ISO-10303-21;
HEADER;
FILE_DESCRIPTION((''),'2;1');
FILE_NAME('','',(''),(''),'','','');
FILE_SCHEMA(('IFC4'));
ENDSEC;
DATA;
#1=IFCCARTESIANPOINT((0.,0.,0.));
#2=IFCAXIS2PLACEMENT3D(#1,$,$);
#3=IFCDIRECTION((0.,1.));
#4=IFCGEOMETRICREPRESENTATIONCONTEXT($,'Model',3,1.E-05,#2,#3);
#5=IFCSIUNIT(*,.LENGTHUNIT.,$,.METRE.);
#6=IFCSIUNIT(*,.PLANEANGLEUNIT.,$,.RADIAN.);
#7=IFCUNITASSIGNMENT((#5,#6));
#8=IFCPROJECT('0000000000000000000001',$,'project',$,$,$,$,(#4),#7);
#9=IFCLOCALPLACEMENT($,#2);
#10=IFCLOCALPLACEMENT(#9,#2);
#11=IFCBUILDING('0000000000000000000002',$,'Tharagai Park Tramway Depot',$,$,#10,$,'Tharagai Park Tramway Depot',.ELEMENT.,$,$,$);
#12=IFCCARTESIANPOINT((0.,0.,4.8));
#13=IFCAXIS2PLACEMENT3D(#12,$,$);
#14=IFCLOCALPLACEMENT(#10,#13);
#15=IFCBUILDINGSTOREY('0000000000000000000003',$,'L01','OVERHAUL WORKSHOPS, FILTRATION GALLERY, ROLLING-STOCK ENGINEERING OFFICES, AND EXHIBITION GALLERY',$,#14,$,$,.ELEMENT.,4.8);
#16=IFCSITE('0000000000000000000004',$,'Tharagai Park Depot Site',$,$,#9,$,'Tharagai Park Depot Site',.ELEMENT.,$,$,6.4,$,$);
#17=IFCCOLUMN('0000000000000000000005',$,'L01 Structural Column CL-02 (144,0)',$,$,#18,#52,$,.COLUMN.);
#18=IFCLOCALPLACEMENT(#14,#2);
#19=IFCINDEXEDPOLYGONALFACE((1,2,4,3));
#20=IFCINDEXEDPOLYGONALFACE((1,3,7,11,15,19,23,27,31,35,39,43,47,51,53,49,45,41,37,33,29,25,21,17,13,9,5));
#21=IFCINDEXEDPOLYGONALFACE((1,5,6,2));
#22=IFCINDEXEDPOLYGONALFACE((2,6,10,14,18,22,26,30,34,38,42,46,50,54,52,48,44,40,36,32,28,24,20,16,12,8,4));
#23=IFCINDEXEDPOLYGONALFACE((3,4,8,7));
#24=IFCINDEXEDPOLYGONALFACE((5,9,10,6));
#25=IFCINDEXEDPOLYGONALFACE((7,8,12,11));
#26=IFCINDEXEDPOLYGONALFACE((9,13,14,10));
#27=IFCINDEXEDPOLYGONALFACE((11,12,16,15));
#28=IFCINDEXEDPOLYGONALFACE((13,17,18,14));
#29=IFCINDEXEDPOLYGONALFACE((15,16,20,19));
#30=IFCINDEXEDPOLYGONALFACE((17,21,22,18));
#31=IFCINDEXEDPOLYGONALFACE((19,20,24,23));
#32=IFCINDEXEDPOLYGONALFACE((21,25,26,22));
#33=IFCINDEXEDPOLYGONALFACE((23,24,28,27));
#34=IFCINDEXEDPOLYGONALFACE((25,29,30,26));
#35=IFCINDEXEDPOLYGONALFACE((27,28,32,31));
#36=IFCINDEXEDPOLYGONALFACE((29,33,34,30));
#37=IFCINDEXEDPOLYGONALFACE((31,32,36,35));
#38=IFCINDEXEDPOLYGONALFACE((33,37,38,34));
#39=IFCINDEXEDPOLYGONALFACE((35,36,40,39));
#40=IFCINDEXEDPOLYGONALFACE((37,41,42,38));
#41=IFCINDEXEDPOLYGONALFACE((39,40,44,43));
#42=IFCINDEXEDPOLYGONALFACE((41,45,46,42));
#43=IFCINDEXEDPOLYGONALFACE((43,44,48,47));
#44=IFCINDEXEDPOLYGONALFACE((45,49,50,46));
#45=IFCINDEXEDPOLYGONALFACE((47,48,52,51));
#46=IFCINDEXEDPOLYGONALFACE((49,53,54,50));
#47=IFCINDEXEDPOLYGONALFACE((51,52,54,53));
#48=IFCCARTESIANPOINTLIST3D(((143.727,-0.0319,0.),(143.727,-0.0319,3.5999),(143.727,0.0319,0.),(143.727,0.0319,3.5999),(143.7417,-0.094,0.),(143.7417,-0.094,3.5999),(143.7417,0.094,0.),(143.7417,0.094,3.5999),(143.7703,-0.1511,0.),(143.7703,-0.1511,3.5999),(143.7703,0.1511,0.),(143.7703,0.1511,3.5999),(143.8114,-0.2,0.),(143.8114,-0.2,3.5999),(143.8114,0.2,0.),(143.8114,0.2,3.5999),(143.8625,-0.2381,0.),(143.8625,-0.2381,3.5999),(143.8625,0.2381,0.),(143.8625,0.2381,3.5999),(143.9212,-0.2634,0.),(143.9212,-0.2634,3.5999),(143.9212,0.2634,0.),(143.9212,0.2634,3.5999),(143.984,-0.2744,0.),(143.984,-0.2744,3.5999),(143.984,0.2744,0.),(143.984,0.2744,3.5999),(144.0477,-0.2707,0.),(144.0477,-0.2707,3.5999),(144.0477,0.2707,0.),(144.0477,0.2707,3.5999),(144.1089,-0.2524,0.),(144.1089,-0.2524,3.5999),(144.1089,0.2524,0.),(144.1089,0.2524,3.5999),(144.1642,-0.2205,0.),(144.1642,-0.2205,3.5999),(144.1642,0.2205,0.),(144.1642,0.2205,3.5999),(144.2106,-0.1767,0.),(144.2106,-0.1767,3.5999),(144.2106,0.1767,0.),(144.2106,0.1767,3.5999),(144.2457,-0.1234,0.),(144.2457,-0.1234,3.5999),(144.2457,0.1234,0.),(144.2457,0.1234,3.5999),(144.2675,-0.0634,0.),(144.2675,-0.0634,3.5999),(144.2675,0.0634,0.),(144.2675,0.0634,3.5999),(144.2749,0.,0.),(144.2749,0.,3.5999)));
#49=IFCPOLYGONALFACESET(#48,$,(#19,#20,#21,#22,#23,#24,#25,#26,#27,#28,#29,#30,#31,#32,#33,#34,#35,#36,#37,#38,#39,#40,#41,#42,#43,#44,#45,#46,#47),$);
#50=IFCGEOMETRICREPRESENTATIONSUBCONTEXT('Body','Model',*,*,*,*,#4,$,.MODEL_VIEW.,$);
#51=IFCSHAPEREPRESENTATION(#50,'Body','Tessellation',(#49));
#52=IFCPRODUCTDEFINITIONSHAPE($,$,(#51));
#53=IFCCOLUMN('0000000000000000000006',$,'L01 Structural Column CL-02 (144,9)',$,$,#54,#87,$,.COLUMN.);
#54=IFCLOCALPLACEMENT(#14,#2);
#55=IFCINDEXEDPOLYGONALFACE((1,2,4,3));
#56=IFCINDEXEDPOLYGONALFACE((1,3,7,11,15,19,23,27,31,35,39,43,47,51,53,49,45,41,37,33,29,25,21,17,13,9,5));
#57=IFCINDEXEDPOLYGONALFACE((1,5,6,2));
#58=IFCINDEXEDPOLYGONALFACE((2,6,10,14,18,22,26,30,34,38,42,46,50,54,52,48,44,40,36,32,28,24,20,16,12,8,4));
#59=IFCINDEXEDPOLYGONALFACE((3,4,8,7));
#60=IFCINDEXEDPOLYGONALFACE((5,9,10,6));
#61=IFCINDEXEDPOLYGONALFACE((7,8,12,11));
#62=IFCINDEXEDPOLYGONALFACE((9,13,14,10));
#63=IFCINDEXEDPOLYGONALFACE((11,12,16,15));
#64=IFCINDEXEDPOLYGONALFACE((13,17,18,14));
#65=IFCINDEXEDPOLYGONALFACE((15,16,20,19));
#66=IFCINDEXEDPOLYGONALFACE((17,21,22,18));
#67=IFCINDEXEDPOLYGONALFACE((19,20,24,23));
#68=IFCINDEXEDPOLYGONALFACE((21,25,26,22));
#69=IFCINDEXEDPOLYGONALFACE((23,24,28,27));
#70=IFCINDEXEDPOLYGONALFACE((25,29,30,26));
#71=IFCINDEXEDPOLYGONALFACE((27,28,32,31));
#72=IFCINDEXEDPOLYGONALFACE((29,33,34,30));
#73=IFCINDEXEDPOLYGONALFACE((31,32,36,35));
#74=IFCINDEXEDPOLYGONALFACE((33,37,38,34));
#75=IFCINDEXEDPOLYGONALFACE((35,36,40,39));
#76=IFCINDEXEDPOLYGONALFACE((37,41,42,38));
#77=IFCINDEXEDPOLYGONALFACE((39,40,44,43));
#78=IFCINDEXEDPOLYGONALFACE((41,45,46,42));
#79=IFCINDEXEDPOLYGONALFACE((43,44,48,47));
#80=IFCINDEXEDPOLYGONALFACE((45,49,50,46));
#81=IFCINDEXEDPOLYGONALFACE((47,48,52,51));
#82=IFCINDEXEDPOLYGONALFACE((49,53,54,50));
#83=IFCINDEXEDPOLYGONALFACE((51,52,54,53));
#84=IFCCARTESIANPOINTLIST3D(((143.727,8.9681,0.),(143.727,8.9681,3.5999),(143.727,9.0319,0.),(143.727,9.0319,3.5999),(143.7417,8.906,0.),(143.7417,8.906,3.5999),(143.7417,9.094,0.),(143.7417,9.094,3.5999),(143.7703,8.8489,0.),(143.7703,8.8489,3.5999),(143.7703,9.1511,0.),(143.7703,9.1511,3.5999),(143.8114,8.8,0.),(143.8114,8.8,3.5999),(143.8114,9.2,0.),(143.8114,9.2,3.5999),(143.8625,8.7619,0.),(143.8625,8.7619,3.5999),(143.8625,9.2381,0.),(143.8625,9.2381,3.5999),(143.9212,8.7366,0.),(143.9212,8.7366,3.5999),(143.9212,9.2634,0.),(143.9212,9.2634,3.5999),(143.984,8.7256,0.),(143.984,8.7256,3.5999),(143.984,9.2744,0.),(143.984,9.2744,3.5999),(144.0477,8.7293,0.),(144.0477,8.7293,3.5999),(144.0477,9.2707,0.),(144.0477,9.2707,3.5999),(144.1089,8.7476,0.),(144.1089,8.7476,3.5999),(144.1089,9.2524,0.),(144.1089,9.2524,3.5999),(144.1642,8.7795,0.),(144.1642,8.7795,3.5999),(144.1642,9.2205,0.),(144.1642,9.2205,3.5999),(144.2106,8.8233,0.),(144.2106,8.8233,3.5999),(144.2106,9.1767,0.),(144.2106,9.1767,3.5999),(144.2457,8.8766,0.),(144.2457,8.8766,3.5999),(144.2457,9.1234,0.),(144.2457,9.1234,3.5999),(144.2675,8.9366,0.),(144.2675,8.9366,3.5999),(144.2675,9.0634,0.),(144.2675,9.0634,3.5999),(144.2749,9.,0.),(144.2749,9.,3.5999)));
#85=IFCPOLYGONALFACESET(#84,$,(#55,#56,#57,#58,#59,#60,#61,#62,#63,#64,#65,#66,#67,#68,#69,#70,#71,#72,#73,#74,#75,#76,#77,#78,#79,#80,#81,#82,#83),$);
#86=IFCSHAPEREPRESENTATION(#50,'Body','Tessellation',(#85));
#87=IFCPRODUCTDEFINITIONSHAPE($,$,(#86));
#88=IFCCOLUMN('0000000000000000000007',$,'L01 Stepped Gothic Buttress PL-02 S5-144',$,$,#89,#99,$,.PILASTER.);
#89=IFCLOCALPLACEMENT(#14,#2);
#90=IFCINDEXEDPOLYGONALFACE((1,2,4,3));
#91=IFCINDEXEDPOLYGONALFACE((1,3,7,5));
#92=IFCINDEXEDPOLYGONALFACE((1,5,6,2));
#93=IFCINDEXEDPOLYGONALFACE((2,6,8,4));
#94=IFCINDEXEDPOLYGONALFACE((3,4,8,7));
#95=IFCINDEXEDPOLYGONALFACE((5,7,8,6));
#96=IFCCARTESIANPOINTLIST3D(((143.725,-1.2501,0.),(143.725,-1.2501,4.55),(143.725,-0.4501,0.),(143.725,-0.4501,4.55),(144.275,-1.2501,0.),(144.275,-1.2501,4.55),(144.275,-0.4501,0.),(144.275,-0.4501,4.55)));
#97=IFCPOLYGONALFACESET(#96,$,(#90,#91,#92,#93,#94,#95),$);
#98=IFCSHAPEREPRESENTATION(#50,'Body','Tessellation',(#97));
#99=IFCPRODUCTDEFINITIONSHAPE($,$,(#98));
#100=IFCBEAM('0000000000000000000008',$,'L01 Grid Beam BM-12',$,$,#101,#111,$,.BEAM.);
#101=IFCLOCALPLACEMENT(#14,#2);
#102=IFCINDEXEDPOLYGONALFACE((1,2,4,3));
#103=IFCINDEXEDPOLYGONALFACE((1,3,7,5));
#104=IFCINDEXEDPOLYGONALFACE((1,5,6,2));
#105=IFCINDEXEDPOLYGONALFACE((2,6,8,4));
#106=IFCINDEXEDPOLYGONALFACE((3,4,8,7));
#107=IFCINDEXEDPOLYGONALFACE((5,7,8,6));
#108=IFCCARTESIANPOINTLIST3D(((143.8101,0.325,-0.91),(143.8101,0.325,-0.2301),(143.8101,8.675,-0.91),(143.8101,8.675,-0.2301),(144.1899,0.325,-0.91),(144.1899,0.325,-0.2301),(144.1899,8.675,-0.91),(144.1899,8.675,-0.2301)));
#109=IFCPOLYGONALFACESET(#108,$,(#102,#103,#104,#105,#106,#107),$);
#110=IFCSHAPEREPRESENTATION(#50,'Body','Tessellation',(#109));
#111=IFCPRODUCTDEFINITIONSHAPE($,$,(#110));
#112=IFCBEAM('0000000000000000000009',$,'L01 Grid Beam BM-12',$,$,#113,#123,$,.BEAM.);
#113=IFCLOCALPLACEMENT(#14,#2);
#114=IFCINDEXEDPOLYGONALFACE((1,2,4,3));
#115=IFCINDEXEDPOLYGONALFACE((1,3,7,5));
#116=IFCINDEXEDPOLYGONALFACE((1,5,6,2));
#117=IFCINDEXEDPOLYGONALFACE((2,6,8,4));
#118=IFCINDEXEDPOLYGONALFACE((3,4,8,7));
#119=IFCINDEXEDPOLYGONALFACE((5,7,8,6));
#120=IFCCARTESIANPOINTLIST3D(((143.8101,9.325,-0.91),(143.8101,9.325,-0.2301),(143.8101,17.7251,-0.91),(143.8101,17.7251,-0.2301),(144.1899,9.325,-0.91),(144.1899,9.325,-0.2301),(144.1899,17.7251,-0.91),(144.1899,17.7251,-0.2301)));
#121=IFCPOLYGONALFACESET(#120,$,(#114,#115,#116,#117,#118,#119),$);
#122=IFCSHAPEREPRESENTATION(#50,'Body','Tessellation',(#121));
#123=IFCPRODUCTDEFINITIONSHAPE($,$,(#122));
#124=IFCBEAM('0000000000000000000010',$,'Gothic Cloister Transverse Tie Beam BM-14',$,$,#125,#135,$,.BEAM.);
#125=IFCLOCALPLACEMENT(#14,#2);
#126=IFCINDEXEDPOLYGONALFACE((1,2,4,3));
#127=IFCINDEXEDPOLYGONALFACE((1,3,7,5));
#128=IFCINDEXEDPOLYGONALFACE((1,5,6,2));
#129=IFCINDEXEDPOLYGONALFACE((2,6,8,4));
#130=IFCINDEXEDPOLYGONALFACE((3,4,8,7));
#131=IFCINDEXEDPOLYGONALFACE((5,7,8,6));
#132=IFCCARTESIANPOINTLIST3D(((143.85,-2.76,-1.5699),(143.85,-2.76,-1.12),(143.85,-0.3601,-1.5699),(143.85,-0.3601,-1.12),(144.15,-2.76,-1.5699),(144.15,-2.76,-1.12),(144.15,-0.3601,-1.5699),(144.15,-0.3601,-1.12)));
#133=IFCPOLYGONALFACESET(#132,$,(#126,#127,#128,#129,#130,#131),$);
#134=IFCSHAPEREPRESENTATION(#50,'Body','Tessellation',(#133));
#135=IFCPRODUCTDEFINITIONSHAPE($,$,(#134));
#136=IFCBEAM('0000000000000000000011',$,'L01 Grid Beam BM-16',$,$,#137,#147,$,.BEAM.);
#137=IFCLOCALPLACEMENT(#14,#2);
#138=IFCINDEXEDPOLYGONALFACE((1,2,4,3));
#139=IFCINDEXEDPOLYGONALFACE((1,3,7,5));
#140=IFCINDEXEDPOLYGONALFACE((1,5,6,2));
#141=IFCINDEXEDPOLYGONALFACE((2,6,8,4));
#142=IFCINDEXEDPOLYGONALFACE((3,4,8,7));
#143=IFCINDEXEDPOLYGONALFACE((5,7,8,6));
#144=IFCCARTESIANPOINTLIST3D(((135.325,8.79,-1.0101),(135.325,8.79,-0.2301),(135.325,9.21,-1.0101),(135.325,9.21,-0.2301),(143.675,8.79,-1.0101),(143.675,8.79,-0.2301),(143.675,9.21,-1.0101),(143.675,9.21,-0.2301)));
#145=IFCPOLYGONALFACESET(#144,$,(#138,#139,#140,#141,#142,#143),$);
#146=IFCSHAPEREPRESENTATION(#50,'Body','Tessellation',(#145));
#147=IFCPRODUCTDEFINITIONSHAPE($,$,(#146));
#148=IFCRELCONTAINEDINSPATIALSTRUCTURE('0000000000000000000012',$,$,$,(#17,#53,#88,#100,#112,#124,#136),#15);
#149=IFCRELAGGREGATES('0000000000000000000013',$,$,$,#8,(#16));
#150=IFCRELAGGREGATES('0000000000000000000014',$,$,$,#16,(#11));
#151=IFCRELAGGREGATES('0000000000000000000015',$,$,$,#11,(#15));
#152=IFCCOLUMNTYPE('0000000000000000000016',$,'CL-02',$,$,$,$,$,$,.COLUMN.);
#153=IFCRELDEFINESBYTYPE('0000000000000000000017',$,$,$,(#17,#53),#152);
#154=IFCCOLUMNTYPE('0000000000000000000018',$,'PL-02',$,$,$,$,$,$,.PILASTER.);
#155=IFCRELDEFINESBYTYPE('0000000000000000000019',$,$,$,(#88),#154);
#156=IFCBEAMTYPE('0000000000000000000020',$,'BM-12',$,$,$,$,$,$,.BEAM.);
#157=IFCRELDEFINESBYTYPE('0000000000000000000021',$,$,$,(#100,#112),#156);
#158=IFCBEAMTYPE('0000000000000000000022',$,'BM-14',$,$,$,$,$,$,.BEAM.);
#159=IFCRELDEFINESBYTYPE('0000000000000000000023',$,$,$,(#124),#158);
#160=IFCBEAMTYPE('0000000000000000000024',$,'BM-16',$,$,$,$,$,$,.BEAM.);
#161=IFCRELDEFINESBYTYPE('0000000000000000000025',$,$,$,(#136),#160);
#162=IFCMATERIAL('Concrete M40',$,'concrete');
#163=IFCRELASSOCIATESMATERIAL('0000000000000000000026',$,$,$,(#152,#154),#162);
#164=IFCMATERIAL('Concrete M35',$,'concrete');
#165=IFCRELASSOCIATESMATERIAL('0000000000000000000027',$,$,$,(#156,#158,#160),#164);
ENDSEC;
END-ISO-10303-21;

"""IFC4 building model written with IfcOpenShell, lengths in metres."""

from ifc_helpers import new_model, si_unit, direction, frame, origin, origin_2d, place, context, subcontext, project, spatial, rectangle, circle, extrude, material, material_profile, profile_set, type_object, element, save


model = new_model("IFC4")

# Units and contexts
model_context = context("Model", 3, precision=1e-05, world=origin(), true_north=direction((0.0, 1.0)))
body_context = subcontext(model_context, "Body", "Model", "MODEL_VIEW")
ifc_project = project(units=[si_unit("LENGTHUNIT", "METRE"), si_unit("PLANEANGLEUNIT", "RADIAN")], contexts=[model_context])

# Site, building, storey
site_placement = place(None, origin())
site = spatial("IfcSite", under=ifc_project, at=site_placement, Name="Tharagai Park Depot Site", LongName="Tharagai Park Depot Site", CompositionType="ELEMENT", RefElevation=6.4)
building_placement = place(site_placement, origin())
building = spatial("IfcBuilding", under=site, at=building_placement, Name="Tharagai Park Tramway Depot", LongName="Tharagai Park Tramway Depot", CompositionType="ELEMENT")
storey_placement = place(building_placement, frame((0.0, 0.0, 4.8)))
storey = spatial("IfcBuildingStorey", under=building, at=storey_placement, Name="L01", Description="OVERHAUL WORKSHOPS, FILTRATION GALLERY, ROLLING-STOCK ENGINEERING OFFICES, AND EXHIBITION GALLERY", CompositionType="ELEMENT", Elevation=4.8)

# Columns
ifc_material_1 = material(Name="Concrete M40", Category="concrete")
ifc_material_profile_1 = material_profile(ifc_material_1, circle(Radius=0.2749, at=origin_2d()), Name="RC D550")
ifc_profile_set_1 = profile_set([ifc_material_profile_1], Name="Concrete M40")
column_type_1 = type_object("IfcColumnType", Name="CL-02", PredefinedType="COLUMN", material=ifc_profile_set_1)
for number, where, z_axis, x_axis, name in (
    (1, (144.0, 0.0, 0.0), (0.0, 0.0, 1.0), (1.0, 0.0, 0.0), "L01 Structural Column CL-02 (144,0)"),
    (2, (144.0, 9.0, 0.0), (0.0, 0.0, 1.0), (1.0, 0.0, 0.0), "L01 Structural Column CL-02 (144,9)"),
):
    element("IfcColumn", number, at=place(storey_placement, frame(where, z_axis=z_axis, x_axis=x_axis)), inside=storey, type_object=column_type_1, Name=name, PredefinedType="COLUMN", context=body_context, shape_type="SweptSolid", body=[
        extrude(circle(Radius=0.2749, at=origin_2d()), origin(), (0.0, 0.0, 1.0), 3.5999),
    ])
ifc_material_profile_2 = material_profile(ifc_material_1, rectangle(XDim=0.55, YDim=0.8, at=origin_2d()), Name="RC 550x800")
ifc_profile_set_2 = profile_set([ifc_material_profile_2], Name="Concrete M40")
column_type_2 = type_object("IfcColumnType", Name="PL-02", PredefinedType="PILASTER", material=ifc_profile_set_2)
column_placement = place(storey_placement, frame((144.0, -0.8501, 0.0), z_axis=(0.0, 0.0, 1.0), x_axis=(1.0, 0.0, 0.0)))
element("IfcColumn", 3, at=column_placement, inside=storey, type_object=column_type_2, Name="L01 Stepped Gothic Buttress PL-02 S5-144", PredefinedType="PILASTER", context=body_context, shape_type="SweptSolid", body=[
    extrude(rectangle(XDim=0.55, YDim=0.8, at=origin_2d()), origin(), (0.0, 0.0, 1.0), 4.55),
])

# Beams
ifc_material_2 = material(Name="Concrete M35", Category="concrete")
ifc_material_profile_3 = material_profile(ifc_material_2, rectangle(XDim=0.3799, YDim=0.6799, at=origin_2d()), Name="RC 380x680")
ifc_profile_set_3 = profile_set([ifc_material_profile_3], Name="Concrete M35")
beam_type_1 = type_object("IfcBeamType", Name="BM-12", PredefinedType="BEAM", material=ifc_profile_set_3)
beam_1_placement = place(storey_placement, frame((144.0, 0.325, -0.5701), z_axis=(0.0, 1.0, 0.0), x_axis=(-1.0, 0.0, 0.0)))
element("IfcBeam", 4, at=beam_1_placement, inside=storey, type_object=beam_type_1, Name="L01 Grid Beam BM-12", PredefinedType="BEAM", context=body_context, shape_type="SweptSolid", body=[
    extrude(rectangle(XDim=0.3799, YDim=0.6799, at=origin_2d()), origin(), (0.0, 0.0, 1.0), 8.3501),
])
beam_2_placement = place(storey_placement, frame((144.0, 9.325, -0.5701), z_axis=(0.0, 1.0, 0.0), x_axis=(-1.0, 0.0, 0.0)))
element("IfcBeam", 5, at=beam_2_placement, inside=storey, type_object=beam_type_1, Name="L01 Grid Beam BM-12", PredefinedType="BEAM", context=body_context, shape_type="SweptSolid", body=[
    extrude(rectangle(XDim=0.3799, YDim=0.6799, at=origin_2d()), origin(), (0.0, 0.0, 1.0), 8.4001),
])
ifc_material_profile_4 = material_profile(ifc_material_2, rectangle(XDim=0.3, YDim=0.45, at=origin_2d()), Name="RC 300x450")
ifc_profile_set_4 = profile_set([ifc_material_profile_4], Name="Concrete M35")
beam_type_2 = type_object("IfcBeamType", Name="BM-14", PredefinedType="BEAM", material=ifc_profile_set_4)
beam_3_placement = place(storey_placement, frame((144.0, -2.76, -1.345), z_axis=(0.0, 1.0, 0.0), x_axis=(-1.0, 0.0, 0.0)))
element("IfcBeam", 6, at=beam_3_placement, inside=storey, type_object=beam_type_2, Name="Gothic Cloister Transverse Tie Beam BM-14", PredefinedType="BEAM", context=body_context, shape_type="SweptSolid", body=[
    extrude(rectangle(XDim=0.3, YDim=0.45, at=origin_2d()), origin(), (0.0, 0.0, 1.0), 2.3999),
])
ifc_material_profile_5 = material_profile(ifc_material_2, rectangle(XDim=0.4199, YDim=0.78, at=origin_2d()), Name="RC 420x780")
ifc_profile_set_5 = profile_set([ifc_material_profile_5], Name="Concrete M35")
beam_type_3 = type_object("IfcBeamType", Name="BM-16", PredefinedType="BEAM", material=ifc_profile_set_5)
beam_4_placement = place(storey_placement, frame((135.325, 9.0, -0.6201), z_axis=(1.0, 0.0, 0.0), x_axis=(0.0, 1.0, 0.0)))
element("IfcBeam", 7, at=beam_4_placement, inside=storey, type_object=beam_type_3, Name="L01 Grid Beam BM-16", PredefinedType="BEAM", context=body_context, shape_type="SweptSolid", body=[
    extrude(rectangle(XDim=0.4199, YDim=0.78, at=origin_2d()), origin(), (0.0, 0.0, 1.0), 8.3501),
])

save(model, "model.ifc")
